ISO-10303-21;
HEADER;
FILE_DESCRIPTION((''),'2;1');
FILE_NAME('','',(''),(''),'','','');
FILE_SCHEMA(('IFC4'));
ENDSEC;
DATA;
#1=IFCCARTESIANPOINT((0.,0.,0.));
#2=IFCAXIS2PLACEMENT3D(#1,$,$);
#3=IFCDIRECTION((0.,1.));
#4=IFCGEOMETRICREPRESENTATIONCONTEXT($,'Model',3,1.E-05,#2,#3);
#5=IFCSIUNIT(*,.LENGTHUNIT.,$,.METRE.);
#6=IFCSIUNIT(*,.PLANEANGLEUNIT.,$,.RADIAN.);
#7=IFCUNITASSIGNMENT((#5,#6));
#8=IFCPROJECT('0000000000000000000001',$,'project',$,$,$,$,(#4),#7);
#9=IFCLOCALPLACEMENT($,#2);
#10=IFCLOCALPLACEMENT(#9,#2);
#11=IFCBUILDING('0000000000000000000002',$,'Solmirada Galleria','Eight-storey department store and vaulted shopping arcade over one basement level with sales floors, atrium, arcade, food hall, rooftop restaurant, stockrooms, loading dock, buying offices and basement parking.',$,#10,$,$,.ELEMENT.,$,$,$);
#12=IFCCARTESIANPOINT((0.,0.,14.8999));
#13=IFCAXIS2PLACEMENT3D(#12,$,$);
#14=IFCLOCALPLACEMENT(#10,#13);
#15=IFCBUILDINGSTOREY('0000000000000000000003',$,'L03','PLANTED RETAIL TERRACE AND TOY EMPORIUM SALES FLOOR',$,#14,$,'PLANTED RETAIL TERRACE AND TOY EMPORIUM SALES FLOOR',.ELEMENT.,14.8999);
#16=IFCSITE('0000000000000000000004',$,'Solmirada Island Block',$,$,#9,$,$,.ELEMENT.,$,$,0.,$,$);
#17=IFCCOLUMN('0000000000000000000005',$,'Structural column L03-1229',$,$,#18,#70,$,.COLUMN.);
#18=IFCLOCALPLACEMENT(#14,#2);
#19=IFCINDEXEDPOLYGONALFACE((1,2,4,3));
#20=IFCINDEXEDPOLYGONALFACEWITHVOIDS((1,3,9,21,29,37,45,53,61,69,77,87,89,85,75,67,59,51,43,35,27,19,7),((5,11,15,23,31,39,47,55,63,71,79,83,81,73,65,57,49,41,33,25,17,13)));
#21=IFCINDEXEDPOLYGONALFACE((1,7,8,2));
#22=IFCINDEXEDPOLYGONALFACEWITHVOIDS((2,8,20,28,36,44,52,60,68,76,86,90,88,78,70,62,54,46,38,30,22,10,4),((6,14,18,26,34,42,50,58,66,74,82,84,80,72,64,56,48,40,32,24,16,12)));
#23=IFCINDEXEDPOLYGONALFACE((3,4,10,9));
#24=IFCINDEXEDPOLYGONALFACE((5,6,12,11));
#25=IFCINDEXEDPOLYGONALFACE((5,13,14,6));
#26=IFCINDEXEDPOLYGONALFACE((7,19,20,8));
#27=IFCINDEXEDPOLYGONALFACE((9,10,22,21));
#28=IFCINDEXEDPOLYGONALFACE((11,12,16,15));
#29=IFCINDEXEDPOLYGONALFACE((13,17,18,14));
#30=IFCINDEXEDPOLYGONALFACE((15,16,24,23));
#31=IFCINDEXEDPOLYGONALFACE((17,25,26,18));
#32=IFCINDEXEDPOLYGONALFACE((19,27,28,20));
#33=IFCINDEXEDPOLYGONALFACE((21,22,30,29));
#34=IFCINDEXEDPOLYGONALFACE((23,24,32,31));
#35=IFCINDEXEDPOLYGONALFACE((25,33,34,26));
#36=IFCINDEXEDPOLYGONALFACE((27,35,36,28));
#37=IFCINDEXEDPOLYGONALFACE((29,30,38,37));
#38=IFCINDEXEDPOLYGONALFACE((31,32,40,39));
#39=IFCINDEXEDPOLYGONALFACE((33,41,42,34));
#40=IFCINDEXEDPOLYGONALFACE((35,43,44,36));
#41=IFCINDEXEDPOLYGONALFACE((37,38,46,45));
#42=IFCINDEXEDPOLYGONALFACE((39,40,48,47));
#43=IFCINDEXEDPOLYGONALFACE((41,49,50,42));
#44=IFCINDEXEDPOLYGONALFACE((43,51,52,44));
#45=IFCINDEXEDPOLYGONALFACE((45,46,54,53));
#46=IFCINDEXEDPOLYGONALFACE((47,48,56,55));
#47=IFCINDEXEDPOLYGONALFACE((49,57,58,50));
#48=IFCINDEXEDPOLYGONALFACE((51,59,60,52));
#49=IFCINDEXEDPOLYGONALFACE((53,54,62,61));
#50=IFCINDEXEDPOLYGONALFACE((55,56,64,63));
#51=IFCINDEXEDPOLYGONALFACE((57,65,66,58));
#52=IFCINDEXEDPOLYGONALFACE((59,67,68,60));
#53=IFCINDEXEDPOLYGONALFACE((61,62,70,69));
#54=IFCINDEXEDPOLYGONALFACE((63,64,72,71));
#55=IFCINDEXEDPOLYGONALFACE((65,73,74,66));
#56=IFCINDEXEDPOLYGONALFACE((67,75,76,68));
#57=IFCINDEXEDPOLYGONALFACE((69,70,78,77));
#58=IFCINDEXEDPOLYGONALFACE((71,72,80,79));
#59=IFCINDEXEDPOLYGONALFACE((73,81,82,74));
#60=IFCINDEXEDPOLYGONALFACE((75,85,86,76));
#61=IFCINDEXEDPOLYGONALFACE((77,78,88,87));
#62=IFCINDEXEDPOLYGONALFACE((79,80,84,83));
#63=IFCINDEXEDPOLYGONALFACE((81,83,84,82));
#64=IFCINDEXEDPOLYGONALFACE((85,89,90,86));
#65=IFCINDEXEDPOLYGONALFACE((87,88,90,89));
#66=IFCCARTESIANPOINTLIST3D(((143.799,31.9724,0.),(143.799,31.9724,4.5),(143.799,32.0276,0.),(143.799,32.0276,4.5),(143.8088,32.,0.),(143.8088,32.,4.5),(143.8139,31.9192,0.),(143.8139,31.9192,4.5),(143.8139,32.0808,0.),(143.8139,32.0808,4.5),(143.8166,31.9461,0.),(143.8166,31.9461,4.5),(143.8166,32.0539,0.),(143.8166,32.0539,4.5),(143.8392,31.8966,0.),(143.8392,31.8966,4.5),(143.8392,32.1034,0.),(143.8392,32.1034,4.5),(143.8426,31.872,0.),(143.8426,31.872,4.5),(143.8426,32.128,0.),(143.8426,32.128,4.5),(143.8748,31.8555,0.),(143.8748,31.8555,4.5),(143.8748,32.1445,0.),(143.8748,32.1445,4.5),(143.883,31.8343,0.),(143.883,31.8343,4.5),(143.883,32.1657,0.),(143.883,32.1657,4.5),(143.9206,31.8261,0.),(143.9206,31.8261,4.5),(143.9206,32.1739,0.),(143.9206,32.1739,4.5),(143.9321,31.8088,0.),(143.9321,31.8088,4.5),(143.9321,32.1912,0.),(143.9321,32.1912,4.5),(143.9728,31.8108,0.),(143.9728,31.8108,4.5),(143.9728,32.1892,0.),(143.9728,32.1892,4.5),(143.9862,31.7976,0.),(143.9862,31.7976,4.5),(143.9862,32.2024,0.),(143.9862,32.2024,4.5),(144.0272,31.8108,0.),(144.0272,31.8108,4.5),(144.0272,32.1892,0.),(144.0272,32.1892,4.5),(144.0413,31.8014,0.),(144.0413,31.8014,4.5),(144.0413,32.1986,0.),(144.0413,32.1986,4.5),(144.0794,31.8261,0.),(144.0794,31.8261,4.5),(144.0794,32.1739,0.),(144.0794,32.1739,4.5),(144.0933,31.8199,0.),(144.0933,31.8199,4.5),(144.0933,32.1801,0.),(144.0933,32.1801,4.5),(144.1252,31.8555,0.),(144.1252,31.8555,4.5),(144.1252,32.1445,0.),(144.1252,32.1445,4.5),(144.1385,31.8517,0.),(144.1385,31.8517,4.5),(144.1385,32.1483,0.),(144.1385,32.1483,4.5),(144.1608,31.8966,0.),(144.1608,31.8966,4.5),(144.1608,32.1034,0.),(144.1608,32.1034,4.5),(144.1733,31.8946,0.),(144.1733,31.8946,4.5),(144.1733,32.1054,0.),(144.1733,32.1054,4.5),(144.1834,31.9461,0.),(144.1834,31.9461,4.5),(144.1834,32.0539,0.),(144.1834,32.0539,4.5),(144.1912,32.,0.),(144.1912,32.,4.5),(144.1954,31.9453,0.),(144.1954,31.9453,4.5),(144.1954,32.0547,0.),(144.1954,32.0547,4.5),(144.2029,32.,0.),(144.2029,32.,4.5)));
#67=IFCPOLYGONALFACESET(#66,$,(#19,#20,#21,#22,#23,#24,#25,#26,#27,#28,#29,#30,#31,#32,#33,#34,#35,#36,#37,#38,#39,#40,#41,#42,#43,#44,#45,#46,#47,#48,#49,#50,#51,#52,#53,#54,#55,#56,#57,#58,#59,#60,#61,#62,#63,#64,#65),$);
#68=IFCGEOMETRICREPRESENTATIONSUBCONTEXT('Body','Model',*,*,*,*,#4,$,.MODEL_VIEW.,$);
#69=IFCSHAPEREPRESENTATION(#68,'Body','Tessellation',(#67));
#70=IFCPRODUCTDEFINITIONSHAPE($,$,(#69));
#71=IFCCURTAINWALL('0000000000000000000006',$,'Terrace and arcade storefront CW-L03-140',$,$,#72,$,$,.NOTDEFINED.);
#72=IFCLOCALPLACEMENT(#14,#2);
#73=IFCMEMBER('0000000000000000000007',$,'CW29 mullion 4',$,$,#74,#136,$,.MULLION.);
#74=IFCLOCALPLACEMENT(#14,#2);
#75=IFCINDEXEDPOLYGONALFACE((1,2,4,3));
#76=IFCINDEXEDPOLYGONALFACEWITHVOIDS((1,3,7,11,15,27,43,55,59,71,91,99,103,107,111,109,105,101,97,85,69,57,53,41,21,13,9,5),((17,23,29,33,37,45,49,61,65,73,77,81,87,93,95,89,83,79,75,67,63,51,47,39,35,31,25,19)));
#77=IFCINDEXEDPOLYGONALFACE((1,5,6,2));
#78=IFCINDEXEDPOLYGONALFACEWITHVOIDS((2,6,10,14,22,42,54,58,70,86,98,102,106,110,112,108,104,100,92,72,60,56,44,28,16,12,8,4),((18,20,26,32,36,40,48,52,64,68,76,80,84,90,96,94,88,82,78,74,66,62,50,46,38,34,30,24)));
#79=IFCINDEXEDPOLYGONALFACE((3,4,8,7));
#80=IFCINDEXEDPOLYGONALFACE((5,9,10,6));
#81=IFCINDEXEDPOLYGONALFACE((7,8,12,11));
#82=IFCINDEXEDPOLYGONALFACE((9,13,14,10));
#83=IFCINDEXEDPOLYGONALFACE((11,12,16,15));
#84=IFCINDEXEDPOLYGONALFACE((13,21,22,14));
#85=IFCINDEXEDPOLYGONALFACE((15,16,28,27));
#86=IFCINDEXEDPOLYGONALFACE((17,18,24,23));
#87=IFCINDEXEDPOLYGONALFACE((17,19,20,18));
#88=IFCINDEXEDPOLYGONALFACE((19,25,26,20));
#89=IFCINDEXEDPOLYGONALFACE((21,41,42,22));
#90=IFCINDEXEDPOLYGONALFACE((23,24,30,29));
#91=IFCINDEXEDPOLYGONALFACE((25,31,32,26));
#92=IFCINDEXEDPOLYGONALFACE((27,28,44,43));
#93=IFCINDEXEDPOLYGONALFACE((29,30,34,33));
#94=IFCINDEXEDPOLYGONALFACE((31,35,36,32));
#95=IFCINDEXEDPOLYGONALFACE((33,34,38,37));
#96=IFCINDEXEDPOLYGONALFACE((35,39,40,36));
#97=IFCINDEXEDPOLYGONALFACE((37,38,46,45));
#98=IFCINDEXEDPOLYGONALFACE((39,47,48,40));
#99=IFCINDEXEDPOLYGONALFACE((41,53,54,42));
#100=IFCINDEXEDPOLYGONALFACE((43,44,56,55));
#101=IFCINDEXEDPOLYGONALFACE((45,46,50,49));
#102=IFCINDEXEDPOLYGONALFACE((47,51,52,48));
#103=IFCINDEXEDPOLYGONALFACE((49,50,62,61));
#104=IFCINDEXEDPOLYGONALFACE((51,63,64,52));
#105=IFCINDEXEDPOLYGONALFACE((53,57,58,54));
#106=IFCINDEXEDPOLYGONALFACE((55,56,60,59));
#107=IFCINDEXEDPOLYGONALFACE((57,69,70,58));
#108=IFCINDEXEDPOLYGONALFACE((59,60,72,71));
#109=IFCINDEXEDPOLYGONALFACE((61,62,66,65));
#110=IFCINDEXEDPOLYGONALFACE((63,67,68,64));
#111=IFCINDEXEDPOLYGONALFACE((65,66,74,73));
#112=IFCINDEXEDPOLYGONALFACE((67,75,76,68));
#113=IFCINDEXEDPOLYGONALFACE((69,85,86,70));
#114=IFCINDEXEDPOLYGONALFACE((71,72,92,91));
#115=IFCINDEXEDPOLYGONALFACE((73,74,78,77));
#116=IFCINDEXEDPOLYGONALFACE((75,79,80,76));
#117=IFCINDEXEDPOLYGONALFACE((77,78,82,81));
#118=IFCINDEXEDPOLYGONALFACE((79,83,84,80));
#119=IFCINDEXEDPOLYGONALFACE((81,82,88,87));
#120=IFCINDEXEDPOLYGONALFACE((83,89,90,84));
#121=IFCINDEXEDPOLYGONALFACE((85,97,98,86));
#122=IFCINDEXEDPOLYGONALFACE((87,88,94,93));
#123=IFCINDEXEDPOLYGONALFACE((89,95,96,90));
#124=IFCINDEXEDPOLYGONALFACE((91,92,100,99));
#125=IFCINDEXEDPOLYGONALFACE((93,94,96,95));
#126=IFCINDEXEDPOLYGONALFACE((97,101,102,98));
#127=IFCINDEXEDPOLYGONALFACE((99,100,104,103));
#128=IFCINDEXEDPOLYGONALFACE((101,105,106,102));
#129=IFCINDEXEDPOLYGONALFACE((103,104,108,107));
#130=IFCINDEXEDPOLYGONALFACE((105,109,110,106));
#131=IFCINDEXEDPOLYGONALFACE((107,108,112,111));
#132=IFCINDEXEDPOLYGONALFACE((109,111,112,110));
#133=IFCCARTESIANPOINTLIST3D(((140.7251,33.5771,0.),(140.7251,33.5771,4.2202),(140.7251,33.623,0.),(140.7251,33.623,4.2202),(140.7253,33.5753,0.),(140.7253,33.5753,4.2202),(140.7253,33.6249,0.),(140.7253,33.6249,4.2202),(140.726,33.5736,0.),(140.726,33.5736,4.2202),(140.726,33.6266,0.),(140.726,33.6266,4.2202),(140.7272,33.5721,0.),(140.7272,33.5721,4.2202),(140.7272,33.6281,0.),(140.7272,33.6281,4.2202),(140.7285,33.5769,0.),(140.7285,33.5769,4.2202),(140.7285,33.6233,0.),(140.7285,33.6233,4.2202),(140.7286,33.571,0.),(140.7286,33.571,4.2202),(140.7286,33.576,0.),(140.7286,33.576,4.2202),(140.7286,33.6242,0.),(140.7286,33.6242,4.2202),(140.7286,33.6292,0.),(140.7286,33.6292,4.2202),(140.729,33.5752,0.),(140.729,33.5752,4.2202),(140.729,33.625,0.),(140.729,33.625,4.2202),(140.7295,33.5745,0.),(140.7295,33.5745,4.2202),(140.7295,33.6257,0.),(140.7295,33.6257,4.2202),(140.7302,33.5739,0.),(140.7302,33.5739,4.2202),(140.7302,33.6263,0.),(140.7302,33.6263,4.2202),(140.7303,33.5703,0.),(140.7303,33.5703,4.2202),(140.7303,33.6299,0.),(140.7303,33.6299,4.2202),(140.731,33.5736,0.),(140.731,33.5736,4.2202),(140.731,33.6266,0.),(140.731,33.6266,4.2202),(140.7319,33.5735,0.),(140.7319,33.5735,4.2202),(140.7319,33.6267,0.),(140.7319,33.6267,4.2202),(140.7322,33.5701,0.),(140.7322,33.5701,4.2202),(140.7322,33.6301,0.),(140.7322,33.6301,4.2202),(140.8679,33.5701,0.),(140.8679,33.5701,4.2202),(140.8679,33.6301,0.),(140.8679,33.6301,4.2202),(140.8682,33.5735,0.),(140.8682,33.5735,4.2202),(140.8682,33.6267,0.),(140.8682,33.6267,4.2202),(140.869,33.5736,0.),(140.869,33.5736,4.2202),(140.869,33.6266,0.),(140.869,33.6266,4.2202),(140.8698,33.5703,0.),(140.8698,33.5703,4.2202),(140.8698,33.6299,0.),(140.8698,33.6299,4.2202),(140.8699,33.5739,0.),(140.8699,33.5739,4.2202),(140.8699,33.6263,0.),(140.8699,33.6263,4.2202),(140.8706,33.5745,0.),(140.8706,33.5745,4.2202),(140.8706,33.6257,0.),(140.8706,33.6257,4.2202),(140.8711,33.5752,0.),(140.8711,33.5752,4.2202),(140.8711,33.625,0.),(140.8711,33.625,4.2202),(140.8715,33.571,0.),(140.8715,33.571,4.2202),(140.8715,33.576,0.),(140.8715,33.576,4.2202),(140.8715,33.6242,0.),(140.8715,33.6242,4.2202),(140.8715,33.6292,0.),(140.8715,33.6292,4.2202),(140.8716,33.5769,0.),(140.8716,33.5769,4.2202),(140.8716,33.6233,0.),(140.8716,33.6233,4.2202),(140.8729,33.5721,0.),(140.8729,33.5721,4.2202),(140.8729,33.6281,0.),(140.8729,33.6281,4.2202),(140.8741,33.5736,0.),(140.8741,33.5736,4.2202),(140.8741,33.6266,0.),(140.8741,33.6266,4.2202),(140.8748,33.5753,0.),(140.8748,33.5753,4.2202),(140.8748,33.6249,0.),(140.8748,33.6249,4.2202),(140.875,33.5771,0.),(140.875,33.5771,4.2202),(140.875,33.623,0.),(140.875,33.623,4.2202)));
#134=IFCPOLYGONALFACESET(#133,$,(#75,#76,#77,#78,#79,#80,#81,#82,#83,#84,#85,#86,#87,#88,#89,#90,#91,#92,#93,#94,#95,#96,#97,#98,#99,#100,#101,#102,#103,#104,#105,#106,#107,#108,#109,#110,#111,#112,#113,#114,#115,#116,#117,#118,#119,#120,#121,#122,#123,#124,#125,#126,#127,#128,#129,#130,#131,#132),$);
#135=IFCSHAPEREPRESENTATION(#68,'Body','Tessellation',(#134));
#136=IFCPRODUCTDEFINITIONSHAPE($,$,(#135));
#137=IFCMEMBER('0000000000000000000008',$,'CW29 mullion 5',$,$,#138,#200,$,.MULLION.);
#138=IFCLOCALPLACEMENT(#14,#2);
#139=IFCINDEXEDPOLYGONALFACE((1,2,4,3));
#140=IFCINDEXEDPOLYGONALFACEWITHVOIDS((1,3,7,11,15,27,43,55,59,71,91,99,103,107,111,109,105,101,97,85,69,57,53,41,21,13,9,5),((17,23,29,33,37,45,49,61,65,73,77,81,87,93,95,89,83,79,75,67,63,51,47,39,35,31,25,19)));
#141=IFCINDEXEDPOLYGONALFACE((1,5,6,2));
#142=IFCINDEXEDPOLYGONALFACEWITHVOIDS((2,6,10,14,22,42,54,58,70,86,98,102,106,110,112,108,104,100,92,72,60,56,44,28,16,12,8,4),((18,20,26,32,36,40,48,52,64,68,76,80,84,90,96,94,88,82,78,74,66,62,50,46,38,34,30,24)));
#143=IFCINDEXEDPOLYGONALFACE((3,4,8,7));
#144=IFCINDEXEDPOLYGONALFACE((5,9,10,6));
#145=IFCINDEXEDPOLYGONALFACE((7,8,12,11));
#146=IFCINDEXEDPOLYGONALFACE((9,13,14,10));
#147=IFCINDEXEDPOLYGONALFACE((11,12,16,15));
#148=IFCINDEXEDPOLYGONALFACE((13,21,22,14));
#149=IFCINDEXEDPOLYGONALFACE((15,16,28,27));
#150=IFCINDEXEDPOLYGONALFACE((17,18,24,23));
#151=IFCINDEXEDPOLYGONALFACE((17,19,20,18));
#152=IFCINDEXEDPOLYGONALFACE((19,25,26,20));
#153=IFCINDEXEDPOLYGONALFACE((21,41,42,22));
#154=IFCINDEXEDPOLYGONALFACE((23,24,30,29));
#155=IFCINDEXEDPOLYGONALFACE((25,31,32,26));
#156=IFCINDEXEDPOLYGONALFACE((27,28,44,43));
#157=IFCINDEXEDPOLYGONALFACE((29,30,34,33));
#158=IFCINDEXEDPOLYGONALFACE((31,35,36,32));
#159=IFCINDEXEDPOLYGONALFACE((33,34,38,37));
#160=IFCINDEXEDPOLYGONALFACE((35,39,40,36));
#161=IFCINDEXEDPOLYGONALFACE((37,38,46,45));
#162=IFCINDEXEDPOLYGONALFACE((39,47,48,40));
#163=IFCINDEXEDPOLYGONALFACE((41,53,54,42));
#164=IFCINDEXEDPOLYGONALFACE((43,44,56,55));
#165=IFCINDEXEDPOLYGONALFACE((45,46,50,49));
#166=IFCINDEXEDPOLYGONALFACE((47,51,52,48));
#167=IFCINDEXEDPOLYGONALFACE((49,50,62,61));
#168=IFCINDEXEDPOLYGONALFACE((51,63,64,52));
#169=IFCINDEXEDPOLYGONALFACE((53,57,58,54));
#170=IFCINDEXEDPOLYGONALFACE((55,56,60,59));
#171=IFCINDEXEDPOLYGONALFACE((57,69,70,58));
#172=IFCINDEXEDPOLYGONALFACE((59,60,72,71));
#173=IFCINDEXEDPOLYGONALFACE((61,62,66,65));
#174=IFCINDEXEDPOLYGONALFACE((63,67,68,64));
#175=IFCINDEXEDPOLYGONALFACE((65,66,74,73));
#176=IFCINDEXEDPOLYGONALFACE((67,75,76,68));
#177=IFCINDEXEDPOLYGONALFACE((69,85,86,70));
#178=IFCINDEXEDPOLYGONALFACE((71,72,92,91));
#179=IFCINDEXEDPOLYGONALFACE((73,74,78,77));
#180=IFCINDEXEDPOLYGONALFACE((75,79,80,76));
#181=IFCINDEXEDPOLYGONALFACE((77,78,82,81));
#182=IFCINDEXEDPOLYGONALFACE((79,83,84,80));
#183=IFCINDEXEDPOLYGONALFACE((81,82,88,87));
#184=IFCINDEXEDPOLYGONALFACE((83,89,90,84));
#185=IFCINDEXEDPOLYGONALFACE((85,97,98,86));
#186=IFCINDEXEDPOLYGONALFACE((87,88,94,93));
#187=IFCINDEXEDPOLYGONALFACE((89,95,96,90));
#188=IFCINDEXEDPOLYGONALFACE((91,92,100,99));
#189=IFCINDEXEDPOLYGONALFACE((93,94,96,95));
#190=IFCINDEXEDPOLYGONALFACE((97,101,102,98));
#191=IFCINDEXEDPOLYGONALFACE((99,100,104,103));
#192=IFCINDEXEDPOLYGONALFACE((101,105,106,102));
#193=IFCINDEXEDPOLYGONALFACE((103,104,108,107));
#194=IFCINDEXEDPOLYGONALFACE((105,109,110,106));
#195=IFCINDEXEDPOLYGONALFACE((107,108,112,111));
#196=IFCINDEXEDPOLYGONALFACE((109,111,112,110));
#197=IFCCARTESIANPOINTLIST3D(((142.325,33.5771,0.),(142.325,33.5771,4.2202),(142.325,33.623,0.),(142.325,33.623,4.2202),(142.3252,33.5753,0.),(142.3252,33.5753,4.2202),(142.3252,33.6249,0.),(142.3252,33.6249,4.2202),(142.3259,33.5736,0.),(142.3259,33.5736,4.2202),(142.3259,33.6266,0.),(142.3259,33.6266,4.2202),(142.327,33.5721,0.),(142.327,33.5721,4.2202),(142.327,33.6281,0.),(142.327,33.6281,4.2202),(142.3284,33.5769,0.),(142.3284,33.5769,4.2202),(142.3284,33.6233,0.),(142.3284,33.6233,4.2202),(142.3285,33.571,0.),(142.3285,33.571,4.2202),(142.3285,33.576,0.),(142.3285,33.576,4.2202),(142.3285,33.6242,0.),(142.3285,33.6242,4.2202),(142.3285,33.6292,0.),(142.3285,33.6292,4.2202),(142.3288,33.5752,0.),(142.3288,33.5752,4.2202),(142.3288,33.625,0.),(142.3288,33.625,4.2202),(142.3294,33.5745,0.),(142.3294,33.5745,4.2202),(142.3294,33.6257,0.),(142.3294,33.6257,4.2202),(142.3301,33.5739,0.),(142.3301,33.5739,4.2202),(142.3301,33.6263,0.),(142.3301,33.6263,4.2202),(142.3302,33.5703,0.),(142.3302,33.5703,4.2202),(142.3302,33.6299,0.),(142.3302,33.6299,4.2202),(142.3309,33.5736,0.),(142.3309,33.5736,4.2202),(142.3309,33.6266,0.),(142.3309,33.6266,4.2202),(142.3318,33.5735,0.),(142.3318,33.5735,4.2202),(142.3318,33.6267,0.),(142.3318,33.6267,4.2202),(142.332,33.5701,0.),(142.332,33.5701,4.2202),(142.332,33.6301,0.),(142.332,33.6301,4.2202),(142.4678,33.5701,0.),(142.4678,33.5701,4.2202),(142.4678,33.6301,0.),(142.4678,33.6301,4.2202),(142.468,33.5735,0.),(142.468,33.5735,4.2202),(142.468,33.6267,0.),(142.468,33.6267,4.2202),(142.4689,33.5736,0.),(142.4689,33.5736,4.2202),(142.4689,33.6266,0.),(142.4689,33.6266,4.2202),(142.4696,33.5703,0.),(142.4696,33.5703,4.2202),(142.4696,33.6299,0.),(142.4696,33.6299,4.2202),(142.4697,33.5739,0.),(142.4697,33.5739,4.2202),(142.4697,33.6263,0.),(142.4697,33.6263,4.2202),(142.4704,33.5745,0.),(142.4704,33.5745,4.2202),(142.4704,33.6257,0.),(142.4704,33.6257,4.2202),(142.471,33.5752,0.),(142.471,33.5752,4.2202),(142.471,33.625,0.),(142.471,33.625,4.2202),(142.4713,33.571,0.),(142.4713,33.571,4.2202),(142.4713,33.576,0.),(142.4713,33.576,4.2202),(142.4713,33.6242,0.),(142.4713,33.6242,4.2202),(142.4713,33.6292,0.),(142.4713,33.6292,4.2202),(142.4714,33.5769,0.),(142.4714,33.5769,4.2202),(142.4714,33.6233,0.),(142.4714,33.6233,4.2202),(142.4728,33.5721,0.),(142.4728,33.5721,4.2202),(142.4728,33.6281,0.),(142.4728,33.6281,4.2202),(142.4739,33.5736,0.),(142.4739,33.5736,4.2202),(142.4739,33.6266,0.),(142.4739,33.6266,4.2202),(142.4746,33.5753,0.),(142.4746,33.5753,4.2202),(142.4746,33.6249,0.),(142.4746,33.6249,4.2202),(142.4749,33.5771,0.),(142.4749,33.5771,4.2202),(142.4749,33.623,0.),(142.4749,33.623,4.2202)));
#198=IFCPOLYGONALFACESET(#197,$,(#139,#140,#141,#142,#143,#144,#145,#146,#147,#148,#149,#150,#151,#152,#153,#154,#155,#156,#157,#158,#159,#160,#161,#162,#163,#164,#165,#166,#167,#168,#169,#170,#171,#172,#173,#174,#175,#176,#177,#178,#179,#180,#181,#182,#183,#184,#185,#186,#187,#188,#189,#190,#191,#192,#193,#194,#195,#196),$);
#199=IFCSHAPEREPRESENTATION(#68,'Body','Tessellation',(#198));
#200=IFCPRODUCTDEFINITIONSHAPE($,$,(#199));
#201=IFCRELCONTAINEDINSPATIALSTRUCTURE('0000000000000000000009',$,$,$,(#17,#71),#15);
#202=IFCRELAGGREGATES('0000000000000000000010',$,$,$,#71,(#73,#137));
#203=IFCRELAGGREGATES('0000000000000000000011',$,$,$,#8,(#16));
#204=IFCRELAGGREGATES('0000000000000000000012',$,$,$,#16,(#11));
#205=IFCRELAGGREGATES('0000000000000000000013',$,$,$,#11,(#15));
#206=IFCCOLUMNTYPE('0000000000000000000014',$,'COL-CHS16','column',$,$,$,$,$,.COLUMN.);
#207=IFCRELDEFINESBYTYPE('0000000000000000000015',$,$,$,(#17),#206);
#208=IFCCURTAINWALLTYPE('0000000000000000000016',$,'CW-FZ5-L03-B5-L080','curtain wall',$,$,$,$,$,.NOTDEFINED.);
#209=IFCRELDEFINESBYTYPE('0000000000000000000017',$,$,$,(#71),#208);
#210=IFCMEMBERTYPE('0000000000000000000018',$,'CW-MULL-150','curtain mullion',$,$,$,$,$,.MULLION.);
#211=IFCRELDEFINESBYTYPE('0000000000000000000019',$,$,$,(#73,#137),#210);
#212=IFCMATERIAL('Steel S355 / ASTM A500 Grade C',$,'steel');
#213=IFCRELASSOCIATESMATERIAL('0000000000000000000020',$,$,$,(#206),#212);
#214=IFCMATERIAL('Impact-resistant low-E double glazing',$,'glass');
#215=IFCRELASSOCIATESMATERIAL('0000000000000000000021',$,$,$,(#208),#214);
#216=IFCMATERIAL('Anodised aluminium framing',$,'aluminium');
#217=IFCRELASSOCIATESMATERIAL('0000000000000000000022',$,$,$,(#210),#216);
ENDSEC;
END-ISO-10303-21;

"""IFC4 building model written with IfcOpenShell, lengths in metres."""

from ifc_helpers import new_model, si_unit, direction, frame, origin, origin_2d, place, context, subcontext, project, spatial, hollow_rectangle, hollow_circle, extrude, material, material_profile, profile_set, type_object, element, aggregate, save


model = new_model("IFC4")

# Units and contexts
model_context = context("Model", 3, precision=1e-05, world=origin(), true_north=direction((0.0, 1.0)))
body_context = subcontext(model_context, "Body", "Model", "MODEL_VIEW")
ifc_project = project(units=[si_unit("LENGTHUNIT", "METRE"), si_unit("PLANEANGLEUNIT", "RADIAN")], contexts=[model_context])

# Site, building, storey
site_placement = place(None, origin())
site = spatial("IfcSite", under=ifc_project, at=site_placement, Name="Solmirada Island Block", CompositionType="ELEMENT", RefElevation=0.0)
building_placement = place(site_placement, origin())
building = spatial("IfcBuilding", under=site, at=building_placement, Name="Solmirada Galleria", Description="Eight-storey department store and vaulted shopping arcade over one basement level with sales floors, atrium, arcade, food hall, rooftop restaurant, stockrooms, loading dock, buying offices and basement parking.", CompositionType="ELEMENT")
storey_placement = place(building_placement, frame((0.0, 0.0, 14.8999)))
storey = spatial("IfcBuildingStorey", under=building, at=storey_placement, Name="L03", Description="PLANTED RETAIL TERRACE AND TOY EMPORIUM SALES FLOOR", LongName="PLANTED RETAIL TERRACE AND TOY EMPORIUM SALES FLOOR", CompositionType="ELEMENT", Elevation=14.8999)

# Column
ifc_material_1 = material(Name="Steel S355 / ASTM A500 Grade C", Category="steel")
ifc_material_profile_1 = material_profile(ifc_material_1, hollow_circle(Radius=0.2029, WallThickness=0.0117, at=origin_2d()), Name="HSS16.000X0.500")
ifc_profile_set_1 = profile_set([ifc_material_profile_1], Name="Steel S355 / ASTM A500 Grade C")
column_type = type_object("IfcColumnType", Name="COL-CHS16", Description="column", PredefinedType="COLUMN", material=ifc_profile_set_1)
column_placement = place(storey_placement, frame((144.0, 32.0, 0.0), z_axis=(0.0, 0.0, 1.0), x_axis=(1.0, 0.0, 0.0)))
element("IfcColumn", 1, at=column_placement, inside=storey, type_object=column_type, Name="Structural column L03-1229", PredefinedType="COLUMN", context=body_context, shape_type="SweptSolid", body=[
    extrude(hollow_circle(Radius=0.2029, WallThickness=0.0117, at=origin_2d()), origin(), (0.0, 0.0, 1.0), 4.5),
])

# Curtain wall, members
ifc_material_2 = material(Name="Impact-resistant low-E double glazing", Category="glass")
curtain_wall_type = type_object("IfcCurtainWallType", Name="CW-FZ5-L03-B5-L080", Description="curtain wall", PredefinedType="NOTDEFINED", material=ifc_material_2)
curtain_wall_placement = place(storey_placement, origin())
curtain_wall = element("IfcCurtainWall", 2, at=curtain_wall_placement, inside=storey, type_object=curtain_wall_type, Name="Terrace and arcade storefront CW-L03-140", PredefinedType="NOTDEFINED")
ifc_material_3 = material(Name="Anodised aluminium framing", Category="aluminium")
ifc_material_profile_2 = material_profile(ifc_material_3, hollow_rectangle(XDim=0.0601, YDim=0.1499, WallThickness=0.0034, InnerFilletRadius=0.0034, OuterFilletRadius=0.0071, at=origin_2d()), Name="ALU-MULL-150X60")
ifc_profile_set_2 = profile_set([ifc_material_profile_2], Name="Anodised aluminium framing")
member_type_1 = type_object("IfcMemberType", Name="CW-MULL-150", Description="curtain mullion", PredefinedType="MULLION", material=ifc_profile_set_2)
member_1_placement = place(storey_placement, frame((140.8, 33.6001, 0.0), z_axis=(0.0, 0.0, 1.0), x_axis=(0.0, 1.0, 0.0)))
member_1 = element("IfcMember", 3, at=member_1_placement, type_object=member_type_1, Name="CW29 mullion 4", PredefinedType="MULLION", context=body_context, shape_type="SweptSolid", body=[
    extrude(hollow_rectangle(XDim=0.0601, YDim=0.1499, WallThickness=0.0034, InnerFilletRadius=0.0034, OuterFilletRadius=0.0071, at=origin_2d()), origin(), (0.0, 0.0, 1.0), 4.2202),
])
member_2_placement = place(storey_placement, frame((142.3999, 33.6001, 0.0), z_axis=(0.0, 0.0, 1.0), x_axis=(0.0, 1.0, 0.0)))
member_2 = element("IfcMember", 4, at=member_2_placement, type_object=member_type_1, Name="CW29 mullion 5", PredefinedType="MULLION", context=body_context, shape_type="SweptSolid", body=[
    extrude(hollow_rectangle(XDim=0.0601, YDim=0.1499, WallThickness=0.0034, InnerFilletRadius=0.0034, OuterFilletRadius=0.0071, at=origin_2d()), origin(), (0.0, 0.0, 1.0), 4.2202),
])
aggregate(curtain_wall, [member_1, member_2])

save(model, "model.ifc")
